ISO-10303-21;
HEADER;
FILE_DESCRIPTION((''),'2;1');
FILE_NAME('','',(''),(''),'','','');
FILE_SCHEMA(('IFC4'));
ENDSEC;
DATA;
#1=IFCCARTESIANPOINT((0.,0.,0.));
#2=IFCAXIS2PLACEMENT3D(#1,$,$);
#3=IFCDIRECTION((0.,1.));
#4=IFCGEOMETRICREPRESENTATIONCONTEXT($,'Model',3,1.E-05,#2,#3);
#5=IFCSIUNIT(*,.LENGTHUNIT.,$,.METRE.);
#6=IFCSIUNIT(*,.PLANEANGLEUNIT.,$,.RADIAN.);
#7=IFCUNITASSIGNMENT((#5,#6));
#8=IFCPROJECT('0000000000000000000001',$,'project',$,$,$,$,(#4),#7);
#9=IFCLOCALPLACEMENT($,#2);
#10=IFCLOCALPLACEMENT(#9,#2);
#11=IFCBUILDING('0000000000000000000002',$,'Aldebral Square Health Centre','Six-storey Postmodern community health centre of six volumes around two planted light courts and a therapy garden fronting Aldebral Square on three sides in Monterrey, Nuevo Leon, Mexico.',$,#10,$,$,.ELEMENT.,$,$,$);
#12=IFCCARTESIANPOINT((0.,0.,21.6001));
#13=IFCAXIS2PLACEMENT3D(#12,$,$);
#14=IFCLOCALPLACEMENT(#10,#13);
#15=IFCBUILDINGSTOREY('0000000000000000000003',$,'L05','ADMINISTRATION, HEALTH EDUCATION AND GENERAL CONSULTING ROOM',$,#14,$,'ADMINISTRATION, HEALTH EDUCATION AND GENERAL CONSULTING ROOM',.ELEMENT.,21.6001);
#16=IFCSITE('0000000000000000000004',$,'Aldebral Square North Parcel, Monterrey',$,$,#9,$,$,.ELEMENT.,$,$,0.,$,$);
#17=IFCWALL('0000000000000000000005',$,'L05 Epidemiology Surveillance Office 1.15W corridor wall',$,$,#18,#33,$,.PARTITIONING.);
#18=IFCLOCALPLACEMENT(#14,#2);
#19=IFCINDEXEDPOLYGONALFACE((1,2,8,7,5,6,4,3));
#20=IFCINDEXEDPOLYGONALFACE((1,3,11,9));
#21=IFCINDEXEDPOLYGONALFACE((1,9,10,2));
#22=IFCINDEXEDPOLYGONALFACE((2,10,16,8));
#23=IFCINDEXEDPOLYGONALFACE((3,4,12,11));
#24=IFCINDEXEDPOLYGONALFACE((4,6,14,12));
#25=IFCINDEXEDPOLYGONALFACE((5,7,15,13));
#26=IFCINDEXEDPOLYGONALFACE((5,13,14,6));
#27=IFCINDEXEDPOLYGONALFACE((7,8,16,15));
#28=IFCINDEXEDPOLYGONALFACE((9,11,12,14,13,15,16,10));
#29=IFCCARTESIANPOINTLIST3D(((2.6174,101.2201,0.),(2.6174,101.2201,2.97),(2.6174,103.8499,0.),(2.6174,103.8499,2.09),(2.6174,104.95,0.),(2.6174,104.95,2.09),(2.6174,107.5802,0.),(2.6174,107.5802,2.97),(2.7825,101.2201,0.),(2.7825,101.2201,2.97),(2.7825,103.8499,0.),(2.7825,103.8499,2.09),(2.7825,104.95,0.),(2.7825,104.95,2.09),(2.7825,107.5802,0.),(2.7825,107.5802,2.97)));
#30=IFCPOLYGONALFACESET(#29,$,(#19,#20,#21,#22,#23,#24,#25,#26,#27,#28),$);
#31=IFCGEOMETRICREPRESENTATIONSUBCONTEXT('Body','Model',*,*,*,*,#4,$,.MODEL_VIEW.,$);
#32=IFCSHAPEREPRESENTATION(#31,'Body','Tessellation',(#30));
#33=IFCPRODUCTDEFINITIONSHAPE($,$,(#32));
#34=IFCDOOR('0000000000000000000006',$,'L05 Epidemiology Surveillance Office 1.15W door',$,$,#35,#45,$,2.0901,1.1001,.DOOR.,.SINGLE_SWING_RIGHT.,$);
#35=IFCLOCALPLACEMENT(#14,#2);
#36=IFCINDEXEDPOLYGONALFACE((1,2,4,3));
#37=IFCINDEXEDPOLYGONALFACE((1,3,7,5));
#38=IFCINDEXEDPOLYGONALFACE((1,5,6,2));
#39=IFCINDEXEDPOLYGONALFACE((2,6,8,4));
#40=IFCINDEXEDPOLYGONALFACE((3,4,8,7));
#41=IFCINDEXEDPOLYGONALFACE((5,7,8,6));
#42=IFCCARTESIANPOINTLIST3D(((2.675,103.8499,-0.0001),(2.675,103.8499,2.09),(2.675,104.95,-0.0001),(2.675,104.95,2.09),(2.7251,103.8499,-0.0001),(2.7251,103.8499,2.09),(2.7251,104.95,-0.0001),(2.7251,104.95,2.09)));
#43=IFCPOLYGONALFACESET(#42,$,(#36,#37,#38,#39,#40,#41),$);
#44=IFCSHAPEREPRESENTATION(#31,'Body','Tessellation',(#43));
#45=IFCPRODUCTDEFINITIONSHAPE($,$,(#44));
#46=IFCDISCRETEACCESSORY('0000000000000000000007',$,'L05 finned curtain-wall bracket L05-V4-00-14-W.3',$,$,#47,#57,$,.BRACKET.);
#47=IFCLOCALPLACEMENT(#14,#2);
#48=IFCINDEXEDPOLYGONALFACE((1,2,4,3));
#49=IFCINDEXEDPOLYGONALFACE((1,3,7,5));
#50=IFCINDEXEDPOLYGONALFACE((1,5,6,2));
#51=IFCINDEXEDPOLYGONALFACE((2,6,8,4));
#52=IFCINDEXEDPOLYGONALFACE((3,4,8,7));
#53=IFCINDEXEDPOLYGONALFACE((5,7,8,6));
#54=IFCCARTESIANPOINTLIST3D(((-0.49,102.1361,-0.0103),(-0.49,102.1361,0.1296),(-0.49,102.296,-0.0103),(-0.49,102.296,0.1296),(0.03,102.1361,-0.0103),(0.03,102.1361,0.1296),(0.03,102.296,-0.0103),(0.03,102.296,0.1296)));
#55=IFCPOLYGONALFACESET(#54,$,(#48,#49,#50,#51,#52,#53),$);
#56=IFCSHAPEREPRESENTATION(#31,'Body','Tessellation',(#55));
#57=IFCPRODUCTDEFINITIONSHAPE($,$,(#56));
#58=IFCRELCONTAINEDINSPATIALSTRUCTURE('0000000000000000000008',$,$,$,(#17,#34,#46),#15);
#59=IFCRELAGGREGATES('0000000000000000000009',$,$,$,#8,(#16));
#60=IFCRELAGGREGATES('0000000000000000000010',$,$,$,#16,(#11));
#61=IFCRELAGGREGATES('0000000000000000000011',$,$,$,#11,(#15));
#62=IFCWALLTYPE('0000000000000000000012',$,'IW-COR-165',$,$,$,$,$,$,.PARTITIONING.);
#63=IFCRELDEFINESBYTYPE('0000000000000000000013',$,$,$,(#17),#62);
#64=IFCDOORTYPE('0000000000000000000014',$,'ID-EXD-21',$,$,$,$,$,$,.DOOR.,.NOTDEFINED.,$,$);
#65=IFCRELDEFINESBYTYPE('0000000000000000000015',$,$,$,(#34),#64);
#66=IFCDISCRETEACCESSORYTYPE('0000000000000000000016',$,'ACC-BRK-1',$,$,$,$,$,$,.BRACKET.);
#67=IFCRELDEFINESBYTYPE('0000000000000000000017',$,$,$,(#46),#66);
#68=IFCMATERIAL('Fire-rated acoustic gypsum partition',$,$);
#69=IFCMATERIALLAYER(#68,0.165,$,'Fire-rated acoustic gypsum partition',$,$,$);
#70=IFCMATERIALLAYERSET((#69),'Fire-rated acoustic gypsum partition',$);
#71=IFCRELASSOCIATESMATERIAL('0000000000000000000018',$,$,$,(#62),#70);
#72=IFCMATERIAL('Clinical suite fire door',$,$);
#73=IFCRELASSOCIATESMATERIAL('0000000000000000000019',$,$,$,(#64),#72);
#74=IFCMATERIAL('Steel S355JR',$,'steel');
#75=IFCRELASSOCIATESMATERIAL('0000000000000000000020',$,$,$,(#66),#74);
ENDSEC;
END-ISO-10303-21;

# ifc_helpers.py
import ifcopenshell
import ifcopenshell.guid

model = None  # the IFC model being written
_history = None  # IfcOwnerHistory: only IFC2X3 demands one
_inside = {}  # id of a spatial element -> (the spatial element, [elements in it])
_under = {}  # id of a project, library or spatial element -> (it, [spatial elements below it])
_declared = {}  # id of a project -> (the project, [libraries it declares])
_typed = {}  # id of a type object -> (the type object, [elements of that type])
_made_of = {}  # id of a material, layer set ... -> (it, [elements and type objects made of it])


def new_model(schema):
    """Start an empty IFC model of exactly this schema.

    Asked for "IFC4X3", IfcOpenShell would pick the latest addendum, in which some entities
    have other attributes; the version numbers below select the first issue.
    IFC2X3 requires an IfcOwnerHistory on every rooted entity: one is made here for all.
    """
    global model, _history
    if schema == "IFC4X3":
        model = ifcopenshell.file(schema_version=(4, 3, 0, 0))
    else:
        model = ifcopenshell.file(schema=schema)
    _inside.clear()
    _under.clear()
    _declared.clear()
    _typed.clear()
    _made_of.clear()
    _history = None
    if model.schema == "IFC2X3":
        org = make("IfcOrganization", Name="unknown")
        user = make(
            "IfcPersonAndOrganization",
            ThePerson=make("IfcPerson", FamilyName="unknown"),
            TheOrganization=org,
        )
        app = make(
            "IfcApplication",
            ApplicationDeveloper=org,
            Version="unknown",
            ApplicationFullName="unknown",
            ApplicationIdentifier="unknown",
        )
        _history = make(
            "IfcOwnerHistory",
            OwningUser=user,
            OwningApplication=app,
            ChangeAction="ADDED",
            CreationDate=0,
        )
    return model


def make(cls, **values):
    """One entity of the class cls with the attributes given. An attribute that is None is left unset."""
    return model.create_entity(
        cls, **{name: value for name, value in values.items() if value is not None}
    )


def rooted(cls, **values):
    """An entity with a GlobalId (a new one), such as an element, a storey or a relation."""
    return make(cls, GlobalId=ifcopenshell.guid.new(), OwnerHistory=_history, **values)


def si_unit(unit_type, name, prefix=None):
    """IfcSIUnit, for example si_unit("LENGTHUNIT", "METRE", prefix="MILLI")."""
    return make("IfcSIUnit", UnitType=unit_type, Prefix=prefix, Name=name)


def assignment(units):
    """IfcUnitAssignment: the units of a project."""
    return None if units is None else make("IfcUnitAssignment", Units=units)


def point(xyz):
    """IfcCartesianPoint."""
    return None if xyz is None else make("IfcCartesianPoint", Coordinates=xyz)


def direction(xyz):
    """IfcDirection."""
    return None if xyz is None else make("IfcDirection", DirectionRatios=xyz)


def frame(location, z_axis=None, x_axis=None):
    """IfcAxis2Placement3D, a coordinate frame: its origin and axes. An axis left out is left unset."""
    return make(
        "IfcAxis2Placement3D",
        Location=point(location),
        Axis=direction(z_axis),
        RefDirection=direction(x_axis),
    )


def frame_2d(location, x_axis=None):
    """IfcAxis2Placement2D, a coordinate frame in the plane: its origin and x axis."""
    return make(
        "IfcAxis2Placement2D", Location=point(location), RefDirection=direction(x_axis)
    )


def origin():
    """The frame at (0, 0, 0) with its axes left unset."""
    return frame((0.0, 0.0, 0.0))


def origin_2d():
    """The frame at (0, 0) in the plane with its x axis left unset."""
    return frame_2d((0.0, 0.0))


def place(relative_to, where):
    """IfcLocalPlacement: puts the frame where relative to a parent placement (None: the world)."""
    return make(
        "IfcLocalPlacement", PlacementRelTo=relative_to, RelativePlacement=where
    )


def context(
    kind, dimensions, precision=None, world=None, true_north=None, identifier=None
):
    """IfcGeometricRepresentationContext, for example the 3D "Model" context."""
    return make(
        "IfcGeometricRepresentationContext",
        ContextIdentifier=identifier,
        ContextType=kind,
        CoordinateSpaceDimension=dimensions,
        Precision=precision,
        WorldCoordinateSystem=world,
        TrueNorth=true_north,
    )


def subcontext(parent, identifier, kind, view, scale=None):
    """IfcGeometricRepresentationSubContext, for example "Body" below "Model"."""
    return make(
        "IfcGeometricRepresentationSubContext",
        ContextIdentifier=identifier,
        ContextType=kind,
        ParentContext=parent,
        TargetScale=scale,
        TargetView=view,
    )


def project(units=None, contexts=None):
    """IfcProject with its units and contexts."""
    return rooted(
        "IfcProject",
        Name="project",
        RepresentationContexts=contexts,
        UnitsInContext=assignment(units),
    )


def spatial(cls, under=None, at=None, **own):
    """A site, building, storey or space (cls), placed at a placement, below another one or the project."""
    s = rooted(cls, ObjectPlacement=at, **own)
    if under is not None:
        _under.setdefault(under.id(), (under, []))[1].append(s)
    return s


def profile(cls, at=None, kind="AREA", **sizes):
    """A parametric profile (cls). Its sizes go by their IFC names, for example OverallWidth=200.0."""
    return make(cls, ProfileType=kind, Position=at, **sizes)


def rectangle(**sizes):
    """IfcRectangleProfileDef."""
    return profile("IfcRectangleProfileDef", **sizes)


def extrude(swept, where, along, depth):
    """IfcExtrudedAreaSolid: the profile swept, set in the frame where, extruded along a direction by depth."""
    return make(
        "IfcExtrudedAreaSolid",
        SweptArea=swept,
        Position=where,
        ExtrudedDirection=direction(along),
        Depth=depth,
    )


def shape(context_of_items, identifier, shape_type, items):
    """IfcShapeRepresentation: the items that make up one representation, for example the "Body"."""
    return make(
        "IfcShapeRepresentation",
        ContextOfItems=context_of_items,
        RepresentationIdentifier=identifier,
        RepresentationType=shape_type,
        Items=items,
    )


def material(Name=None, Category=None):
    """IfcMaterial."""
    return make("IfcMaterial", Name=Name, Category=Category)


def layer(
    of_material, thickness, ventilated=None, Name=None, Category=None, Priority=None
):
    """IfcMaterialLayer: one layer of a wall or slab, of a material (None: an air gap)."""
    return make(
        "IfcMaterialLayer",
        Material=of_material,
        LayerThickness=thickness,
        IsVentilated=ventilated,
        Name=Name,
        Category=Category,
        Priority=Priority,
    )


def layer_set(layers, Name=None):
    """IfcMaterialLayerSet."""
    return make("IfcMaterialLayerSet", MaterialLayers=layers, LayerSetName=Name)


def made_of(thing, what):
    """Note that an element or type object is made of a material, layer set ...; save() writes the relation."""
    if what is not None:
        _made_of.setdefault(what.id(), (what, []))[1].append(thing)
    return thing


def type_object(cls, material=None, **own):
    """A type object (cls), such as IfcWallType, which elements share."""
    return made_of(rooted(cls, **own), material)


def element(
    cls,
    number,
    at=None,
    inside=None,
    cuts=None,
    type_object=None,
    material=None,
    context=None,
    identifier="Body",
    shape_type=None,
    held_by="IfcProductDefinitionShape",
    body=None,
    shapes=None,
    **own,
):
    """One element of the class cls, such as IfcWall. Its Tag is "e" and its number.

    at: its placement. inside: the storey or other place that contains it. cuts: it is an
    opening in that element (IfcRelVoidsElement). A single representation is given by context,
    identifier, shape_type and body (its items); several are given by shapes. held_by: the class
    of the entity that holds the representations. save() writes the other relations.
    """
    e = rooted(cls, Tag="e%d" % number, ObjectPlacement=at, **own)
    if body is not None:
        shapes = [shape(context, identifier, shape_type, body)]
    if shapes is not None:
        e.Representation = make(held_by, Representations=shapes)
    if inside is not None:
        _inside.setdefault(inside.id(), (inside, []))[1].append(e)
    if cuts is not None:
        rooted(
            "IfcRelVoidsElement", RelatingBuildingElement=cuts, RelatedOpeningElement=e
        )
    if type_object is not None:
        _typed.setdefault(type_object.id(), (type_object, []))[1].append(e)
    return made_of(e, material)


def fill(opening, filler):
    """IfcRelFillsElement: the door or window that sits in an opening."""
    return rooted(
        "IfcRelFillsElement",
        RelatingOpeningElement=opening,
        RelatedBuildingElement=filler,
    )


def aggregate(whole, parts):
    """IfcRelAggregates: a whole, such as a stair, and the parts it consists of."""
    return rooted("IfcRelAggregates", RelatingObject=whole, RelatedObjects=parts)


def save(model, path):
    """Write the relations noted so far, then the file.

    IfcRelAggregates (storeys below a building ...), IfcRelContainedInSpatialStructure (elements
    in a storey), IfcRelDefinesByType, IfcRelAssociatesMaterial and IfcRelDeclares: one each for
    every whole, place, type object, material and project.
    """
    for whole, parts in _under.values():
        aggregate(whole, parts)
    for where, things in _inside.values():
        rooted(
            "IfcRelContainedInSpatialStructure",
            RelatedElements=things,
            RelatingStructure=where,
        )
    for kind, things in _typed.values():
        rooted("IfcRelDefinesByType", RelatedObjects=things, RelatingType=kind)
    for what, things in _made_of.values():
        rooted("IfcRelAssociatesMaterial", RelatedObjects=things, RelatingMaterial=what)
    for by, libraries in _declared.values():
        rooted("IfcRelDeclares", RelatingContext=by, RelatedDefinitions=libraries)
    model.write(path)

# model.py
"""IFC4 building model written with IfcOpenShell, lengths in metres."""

from ifc_helpers import new_model, si_unit, direction, frame, frame_2d, origin, origin_2d, place, context, subcontext, project, spatial, rectangle, extrude, material, layer, layer_set, type_object, element, fill, save


model = new_model("IFC4")

# Units and contexts
model_context = context("Model", 3, precision=1e-05, world=origin(), true_north=direction((0.0, 1.0)))
body_context = subcontext(model_context, "Body", "Model", "MODEL_VIEW")
ifc_project = project(units=[si_unit("LENGTHUNIT", "METRE"), si_unit("PLANEANGLEUNIT", "RADIAN")], contexts=[model_context])

# Site, building, storey
site_placement = place(None, origin())
site = spatial("IfcSite", under=ifc_project, at=site_placement, Name="Aldebral Square North Parcel, Monterrey", CompositionType="ELEMENT", RefElevation=0.0)
building_placement = place(site_placement, origin())
building = spatial("IfcBuilding", under=site, at=building_placement, Name="Aldebral Square Health Centre", Description="Six-storey Postmodern community health centre of six volumes around two planted light courts and a therapy garden fronting Aldebral Square on three sides in Monterrey, Nuevo Leon, Mexico.", CompositionType="ELEMENT")
storey_placement = place(building_placement, frame((0.0, 0.0, 21.6001)))
storey = spatial("IfcBuildingStorey", under=building, at=storey_placement, Name="L05", Description="ADMINISTRATION, HEALTH EDUCATION AND GENERAL CONSULTING ROOM", LongName="ADMINISTRATION, HEALTH EDUCATION AND GENERAL CONSULTING ROOM", CompositionType="ELEMENT", Elevation=21.6001)

# Wall, opening, door
ifc_material_1 = material(Name="Clinical suite fire door")
ifc_material_2 = material(Name="Fire-rated acoustic gypsum partition")
ifc_layer_1 = layer(ifc_material_2, 0.165, Name="Fire-rated acoustic gypsum partition")
ifc_layer_set_1 = layer_set([ifc_layer_1], Name="Fire-rated acoustic gypsum partition")
wall_type_1 = type_object("IfcWallType", Name="IW-COR-165", PredefinedType="PARTITIONING", material=ifc_layer_set_1)
wall_1_placement = place(storey_placement, frame((2.7, 101.22, 0.0), z_axis=(0.0, 0.0, 1.0), x_axis=(0.0, 1.0, 0.0)))
wall_1 = element("IfcWall", 1, at=wall_1_placement, inside=storey, type_object=wall_type_1, Name="L05 Epidemiology Surveillance Office 1.15W corridor wall", PredefinedType="PARTITIONING", context=body_context, shape_type="SweptSolid", body=[
    extrude(rectangle(XDim=6.3601, YDim=0.165, at=frame_2d((3.1802, 0.0))), origin(), (0.0, 0.0, 1.0), 2.97),
])
opening_1_placement = place(wall_1_placement, frame((2.6299, 0.0, 0.0)))
opening_1 = element("IfcOpeningElement", 2, at=opening_1_placement, cuts=wall_1, PredefinedType="OPENING", context=body_context, shape_type="SweptSolid", body=[
    extrude(rectangle(XDim=1.1001, YDim=2.0901, at=frame_2d((0.55, 1.0449))), frame((0.0, 0.0925, 0.0), z_axis=(0.0, -1.0, 0.0), x_axis=(1.0, 0.0, 0.0)), (0.0, 0.0, 1.0), 0.1851),
])
door_type_1 = type_object("IfcDoorType", Name="ID-EXD-21", OperationType="NOTDEFINED", PredefinedType="DOOR", material=ifc_material_1)
door_1_placement = place(opening_1_placement, origin())
door_1 = element("IfcDoor", 3, at=door_1_placement, inside=storey, type_object=door_type_1, Name="L05 Epidemiology Surveillance Office 1.15W door", OperationType="SINGLE_SWING_RIGHT", OverallHeight=2.0901, OverallWidth=1.1001, PredefinedType="DOOR", context=body_context, shape_type="SweptSolid", body=[
    extrude(rectangle(XDim=1.1001, YDim=2.0901, at=frame_2d((0.55, 1.0449))), frame((0.0, 0.0249, 0.0), z_axis=(0.0, -1.0, 0.0), x_axis=(1.0, 0.0, 0.0)), (0.0, 0.0, 1.0), 0.05),
])
fill(opening_1, door_1)

# Discrete accessory
ifc_material_3 = material(Name="Steel S355JR", Category="steel")
discrete_accessory_type = type_object("IfcDiscreteAccessoryType", Name="ACC-BRK-1", PredefinedType="BRACKET", material=ifc_material_3)
discrete_accessory_placement = place(storey_placement, frame((-0.23, 102.2161, -0.0103), z_axis=(0.0, 0.0, 1.0), x_axis=(0.0, 1.0, 0.0)))
element("IfcDiscreteAccessory", 4, at=discrete_accessory_placement, inside=storey, type_object=discrete_accessory_type, Name="L05 finned curtain-wall bracket L05-V4-00-14-W.3", PredefinedType="BRACKET", context=body_context, shape_type="SweptSolid", body=[
    extrude(rectangle(XDim=0.1599, YDim=0.52, at=origin_2d()), origin(), (0.0, 0.0, 1.0), 0.1399),
])

save(model, "model.ifc")
